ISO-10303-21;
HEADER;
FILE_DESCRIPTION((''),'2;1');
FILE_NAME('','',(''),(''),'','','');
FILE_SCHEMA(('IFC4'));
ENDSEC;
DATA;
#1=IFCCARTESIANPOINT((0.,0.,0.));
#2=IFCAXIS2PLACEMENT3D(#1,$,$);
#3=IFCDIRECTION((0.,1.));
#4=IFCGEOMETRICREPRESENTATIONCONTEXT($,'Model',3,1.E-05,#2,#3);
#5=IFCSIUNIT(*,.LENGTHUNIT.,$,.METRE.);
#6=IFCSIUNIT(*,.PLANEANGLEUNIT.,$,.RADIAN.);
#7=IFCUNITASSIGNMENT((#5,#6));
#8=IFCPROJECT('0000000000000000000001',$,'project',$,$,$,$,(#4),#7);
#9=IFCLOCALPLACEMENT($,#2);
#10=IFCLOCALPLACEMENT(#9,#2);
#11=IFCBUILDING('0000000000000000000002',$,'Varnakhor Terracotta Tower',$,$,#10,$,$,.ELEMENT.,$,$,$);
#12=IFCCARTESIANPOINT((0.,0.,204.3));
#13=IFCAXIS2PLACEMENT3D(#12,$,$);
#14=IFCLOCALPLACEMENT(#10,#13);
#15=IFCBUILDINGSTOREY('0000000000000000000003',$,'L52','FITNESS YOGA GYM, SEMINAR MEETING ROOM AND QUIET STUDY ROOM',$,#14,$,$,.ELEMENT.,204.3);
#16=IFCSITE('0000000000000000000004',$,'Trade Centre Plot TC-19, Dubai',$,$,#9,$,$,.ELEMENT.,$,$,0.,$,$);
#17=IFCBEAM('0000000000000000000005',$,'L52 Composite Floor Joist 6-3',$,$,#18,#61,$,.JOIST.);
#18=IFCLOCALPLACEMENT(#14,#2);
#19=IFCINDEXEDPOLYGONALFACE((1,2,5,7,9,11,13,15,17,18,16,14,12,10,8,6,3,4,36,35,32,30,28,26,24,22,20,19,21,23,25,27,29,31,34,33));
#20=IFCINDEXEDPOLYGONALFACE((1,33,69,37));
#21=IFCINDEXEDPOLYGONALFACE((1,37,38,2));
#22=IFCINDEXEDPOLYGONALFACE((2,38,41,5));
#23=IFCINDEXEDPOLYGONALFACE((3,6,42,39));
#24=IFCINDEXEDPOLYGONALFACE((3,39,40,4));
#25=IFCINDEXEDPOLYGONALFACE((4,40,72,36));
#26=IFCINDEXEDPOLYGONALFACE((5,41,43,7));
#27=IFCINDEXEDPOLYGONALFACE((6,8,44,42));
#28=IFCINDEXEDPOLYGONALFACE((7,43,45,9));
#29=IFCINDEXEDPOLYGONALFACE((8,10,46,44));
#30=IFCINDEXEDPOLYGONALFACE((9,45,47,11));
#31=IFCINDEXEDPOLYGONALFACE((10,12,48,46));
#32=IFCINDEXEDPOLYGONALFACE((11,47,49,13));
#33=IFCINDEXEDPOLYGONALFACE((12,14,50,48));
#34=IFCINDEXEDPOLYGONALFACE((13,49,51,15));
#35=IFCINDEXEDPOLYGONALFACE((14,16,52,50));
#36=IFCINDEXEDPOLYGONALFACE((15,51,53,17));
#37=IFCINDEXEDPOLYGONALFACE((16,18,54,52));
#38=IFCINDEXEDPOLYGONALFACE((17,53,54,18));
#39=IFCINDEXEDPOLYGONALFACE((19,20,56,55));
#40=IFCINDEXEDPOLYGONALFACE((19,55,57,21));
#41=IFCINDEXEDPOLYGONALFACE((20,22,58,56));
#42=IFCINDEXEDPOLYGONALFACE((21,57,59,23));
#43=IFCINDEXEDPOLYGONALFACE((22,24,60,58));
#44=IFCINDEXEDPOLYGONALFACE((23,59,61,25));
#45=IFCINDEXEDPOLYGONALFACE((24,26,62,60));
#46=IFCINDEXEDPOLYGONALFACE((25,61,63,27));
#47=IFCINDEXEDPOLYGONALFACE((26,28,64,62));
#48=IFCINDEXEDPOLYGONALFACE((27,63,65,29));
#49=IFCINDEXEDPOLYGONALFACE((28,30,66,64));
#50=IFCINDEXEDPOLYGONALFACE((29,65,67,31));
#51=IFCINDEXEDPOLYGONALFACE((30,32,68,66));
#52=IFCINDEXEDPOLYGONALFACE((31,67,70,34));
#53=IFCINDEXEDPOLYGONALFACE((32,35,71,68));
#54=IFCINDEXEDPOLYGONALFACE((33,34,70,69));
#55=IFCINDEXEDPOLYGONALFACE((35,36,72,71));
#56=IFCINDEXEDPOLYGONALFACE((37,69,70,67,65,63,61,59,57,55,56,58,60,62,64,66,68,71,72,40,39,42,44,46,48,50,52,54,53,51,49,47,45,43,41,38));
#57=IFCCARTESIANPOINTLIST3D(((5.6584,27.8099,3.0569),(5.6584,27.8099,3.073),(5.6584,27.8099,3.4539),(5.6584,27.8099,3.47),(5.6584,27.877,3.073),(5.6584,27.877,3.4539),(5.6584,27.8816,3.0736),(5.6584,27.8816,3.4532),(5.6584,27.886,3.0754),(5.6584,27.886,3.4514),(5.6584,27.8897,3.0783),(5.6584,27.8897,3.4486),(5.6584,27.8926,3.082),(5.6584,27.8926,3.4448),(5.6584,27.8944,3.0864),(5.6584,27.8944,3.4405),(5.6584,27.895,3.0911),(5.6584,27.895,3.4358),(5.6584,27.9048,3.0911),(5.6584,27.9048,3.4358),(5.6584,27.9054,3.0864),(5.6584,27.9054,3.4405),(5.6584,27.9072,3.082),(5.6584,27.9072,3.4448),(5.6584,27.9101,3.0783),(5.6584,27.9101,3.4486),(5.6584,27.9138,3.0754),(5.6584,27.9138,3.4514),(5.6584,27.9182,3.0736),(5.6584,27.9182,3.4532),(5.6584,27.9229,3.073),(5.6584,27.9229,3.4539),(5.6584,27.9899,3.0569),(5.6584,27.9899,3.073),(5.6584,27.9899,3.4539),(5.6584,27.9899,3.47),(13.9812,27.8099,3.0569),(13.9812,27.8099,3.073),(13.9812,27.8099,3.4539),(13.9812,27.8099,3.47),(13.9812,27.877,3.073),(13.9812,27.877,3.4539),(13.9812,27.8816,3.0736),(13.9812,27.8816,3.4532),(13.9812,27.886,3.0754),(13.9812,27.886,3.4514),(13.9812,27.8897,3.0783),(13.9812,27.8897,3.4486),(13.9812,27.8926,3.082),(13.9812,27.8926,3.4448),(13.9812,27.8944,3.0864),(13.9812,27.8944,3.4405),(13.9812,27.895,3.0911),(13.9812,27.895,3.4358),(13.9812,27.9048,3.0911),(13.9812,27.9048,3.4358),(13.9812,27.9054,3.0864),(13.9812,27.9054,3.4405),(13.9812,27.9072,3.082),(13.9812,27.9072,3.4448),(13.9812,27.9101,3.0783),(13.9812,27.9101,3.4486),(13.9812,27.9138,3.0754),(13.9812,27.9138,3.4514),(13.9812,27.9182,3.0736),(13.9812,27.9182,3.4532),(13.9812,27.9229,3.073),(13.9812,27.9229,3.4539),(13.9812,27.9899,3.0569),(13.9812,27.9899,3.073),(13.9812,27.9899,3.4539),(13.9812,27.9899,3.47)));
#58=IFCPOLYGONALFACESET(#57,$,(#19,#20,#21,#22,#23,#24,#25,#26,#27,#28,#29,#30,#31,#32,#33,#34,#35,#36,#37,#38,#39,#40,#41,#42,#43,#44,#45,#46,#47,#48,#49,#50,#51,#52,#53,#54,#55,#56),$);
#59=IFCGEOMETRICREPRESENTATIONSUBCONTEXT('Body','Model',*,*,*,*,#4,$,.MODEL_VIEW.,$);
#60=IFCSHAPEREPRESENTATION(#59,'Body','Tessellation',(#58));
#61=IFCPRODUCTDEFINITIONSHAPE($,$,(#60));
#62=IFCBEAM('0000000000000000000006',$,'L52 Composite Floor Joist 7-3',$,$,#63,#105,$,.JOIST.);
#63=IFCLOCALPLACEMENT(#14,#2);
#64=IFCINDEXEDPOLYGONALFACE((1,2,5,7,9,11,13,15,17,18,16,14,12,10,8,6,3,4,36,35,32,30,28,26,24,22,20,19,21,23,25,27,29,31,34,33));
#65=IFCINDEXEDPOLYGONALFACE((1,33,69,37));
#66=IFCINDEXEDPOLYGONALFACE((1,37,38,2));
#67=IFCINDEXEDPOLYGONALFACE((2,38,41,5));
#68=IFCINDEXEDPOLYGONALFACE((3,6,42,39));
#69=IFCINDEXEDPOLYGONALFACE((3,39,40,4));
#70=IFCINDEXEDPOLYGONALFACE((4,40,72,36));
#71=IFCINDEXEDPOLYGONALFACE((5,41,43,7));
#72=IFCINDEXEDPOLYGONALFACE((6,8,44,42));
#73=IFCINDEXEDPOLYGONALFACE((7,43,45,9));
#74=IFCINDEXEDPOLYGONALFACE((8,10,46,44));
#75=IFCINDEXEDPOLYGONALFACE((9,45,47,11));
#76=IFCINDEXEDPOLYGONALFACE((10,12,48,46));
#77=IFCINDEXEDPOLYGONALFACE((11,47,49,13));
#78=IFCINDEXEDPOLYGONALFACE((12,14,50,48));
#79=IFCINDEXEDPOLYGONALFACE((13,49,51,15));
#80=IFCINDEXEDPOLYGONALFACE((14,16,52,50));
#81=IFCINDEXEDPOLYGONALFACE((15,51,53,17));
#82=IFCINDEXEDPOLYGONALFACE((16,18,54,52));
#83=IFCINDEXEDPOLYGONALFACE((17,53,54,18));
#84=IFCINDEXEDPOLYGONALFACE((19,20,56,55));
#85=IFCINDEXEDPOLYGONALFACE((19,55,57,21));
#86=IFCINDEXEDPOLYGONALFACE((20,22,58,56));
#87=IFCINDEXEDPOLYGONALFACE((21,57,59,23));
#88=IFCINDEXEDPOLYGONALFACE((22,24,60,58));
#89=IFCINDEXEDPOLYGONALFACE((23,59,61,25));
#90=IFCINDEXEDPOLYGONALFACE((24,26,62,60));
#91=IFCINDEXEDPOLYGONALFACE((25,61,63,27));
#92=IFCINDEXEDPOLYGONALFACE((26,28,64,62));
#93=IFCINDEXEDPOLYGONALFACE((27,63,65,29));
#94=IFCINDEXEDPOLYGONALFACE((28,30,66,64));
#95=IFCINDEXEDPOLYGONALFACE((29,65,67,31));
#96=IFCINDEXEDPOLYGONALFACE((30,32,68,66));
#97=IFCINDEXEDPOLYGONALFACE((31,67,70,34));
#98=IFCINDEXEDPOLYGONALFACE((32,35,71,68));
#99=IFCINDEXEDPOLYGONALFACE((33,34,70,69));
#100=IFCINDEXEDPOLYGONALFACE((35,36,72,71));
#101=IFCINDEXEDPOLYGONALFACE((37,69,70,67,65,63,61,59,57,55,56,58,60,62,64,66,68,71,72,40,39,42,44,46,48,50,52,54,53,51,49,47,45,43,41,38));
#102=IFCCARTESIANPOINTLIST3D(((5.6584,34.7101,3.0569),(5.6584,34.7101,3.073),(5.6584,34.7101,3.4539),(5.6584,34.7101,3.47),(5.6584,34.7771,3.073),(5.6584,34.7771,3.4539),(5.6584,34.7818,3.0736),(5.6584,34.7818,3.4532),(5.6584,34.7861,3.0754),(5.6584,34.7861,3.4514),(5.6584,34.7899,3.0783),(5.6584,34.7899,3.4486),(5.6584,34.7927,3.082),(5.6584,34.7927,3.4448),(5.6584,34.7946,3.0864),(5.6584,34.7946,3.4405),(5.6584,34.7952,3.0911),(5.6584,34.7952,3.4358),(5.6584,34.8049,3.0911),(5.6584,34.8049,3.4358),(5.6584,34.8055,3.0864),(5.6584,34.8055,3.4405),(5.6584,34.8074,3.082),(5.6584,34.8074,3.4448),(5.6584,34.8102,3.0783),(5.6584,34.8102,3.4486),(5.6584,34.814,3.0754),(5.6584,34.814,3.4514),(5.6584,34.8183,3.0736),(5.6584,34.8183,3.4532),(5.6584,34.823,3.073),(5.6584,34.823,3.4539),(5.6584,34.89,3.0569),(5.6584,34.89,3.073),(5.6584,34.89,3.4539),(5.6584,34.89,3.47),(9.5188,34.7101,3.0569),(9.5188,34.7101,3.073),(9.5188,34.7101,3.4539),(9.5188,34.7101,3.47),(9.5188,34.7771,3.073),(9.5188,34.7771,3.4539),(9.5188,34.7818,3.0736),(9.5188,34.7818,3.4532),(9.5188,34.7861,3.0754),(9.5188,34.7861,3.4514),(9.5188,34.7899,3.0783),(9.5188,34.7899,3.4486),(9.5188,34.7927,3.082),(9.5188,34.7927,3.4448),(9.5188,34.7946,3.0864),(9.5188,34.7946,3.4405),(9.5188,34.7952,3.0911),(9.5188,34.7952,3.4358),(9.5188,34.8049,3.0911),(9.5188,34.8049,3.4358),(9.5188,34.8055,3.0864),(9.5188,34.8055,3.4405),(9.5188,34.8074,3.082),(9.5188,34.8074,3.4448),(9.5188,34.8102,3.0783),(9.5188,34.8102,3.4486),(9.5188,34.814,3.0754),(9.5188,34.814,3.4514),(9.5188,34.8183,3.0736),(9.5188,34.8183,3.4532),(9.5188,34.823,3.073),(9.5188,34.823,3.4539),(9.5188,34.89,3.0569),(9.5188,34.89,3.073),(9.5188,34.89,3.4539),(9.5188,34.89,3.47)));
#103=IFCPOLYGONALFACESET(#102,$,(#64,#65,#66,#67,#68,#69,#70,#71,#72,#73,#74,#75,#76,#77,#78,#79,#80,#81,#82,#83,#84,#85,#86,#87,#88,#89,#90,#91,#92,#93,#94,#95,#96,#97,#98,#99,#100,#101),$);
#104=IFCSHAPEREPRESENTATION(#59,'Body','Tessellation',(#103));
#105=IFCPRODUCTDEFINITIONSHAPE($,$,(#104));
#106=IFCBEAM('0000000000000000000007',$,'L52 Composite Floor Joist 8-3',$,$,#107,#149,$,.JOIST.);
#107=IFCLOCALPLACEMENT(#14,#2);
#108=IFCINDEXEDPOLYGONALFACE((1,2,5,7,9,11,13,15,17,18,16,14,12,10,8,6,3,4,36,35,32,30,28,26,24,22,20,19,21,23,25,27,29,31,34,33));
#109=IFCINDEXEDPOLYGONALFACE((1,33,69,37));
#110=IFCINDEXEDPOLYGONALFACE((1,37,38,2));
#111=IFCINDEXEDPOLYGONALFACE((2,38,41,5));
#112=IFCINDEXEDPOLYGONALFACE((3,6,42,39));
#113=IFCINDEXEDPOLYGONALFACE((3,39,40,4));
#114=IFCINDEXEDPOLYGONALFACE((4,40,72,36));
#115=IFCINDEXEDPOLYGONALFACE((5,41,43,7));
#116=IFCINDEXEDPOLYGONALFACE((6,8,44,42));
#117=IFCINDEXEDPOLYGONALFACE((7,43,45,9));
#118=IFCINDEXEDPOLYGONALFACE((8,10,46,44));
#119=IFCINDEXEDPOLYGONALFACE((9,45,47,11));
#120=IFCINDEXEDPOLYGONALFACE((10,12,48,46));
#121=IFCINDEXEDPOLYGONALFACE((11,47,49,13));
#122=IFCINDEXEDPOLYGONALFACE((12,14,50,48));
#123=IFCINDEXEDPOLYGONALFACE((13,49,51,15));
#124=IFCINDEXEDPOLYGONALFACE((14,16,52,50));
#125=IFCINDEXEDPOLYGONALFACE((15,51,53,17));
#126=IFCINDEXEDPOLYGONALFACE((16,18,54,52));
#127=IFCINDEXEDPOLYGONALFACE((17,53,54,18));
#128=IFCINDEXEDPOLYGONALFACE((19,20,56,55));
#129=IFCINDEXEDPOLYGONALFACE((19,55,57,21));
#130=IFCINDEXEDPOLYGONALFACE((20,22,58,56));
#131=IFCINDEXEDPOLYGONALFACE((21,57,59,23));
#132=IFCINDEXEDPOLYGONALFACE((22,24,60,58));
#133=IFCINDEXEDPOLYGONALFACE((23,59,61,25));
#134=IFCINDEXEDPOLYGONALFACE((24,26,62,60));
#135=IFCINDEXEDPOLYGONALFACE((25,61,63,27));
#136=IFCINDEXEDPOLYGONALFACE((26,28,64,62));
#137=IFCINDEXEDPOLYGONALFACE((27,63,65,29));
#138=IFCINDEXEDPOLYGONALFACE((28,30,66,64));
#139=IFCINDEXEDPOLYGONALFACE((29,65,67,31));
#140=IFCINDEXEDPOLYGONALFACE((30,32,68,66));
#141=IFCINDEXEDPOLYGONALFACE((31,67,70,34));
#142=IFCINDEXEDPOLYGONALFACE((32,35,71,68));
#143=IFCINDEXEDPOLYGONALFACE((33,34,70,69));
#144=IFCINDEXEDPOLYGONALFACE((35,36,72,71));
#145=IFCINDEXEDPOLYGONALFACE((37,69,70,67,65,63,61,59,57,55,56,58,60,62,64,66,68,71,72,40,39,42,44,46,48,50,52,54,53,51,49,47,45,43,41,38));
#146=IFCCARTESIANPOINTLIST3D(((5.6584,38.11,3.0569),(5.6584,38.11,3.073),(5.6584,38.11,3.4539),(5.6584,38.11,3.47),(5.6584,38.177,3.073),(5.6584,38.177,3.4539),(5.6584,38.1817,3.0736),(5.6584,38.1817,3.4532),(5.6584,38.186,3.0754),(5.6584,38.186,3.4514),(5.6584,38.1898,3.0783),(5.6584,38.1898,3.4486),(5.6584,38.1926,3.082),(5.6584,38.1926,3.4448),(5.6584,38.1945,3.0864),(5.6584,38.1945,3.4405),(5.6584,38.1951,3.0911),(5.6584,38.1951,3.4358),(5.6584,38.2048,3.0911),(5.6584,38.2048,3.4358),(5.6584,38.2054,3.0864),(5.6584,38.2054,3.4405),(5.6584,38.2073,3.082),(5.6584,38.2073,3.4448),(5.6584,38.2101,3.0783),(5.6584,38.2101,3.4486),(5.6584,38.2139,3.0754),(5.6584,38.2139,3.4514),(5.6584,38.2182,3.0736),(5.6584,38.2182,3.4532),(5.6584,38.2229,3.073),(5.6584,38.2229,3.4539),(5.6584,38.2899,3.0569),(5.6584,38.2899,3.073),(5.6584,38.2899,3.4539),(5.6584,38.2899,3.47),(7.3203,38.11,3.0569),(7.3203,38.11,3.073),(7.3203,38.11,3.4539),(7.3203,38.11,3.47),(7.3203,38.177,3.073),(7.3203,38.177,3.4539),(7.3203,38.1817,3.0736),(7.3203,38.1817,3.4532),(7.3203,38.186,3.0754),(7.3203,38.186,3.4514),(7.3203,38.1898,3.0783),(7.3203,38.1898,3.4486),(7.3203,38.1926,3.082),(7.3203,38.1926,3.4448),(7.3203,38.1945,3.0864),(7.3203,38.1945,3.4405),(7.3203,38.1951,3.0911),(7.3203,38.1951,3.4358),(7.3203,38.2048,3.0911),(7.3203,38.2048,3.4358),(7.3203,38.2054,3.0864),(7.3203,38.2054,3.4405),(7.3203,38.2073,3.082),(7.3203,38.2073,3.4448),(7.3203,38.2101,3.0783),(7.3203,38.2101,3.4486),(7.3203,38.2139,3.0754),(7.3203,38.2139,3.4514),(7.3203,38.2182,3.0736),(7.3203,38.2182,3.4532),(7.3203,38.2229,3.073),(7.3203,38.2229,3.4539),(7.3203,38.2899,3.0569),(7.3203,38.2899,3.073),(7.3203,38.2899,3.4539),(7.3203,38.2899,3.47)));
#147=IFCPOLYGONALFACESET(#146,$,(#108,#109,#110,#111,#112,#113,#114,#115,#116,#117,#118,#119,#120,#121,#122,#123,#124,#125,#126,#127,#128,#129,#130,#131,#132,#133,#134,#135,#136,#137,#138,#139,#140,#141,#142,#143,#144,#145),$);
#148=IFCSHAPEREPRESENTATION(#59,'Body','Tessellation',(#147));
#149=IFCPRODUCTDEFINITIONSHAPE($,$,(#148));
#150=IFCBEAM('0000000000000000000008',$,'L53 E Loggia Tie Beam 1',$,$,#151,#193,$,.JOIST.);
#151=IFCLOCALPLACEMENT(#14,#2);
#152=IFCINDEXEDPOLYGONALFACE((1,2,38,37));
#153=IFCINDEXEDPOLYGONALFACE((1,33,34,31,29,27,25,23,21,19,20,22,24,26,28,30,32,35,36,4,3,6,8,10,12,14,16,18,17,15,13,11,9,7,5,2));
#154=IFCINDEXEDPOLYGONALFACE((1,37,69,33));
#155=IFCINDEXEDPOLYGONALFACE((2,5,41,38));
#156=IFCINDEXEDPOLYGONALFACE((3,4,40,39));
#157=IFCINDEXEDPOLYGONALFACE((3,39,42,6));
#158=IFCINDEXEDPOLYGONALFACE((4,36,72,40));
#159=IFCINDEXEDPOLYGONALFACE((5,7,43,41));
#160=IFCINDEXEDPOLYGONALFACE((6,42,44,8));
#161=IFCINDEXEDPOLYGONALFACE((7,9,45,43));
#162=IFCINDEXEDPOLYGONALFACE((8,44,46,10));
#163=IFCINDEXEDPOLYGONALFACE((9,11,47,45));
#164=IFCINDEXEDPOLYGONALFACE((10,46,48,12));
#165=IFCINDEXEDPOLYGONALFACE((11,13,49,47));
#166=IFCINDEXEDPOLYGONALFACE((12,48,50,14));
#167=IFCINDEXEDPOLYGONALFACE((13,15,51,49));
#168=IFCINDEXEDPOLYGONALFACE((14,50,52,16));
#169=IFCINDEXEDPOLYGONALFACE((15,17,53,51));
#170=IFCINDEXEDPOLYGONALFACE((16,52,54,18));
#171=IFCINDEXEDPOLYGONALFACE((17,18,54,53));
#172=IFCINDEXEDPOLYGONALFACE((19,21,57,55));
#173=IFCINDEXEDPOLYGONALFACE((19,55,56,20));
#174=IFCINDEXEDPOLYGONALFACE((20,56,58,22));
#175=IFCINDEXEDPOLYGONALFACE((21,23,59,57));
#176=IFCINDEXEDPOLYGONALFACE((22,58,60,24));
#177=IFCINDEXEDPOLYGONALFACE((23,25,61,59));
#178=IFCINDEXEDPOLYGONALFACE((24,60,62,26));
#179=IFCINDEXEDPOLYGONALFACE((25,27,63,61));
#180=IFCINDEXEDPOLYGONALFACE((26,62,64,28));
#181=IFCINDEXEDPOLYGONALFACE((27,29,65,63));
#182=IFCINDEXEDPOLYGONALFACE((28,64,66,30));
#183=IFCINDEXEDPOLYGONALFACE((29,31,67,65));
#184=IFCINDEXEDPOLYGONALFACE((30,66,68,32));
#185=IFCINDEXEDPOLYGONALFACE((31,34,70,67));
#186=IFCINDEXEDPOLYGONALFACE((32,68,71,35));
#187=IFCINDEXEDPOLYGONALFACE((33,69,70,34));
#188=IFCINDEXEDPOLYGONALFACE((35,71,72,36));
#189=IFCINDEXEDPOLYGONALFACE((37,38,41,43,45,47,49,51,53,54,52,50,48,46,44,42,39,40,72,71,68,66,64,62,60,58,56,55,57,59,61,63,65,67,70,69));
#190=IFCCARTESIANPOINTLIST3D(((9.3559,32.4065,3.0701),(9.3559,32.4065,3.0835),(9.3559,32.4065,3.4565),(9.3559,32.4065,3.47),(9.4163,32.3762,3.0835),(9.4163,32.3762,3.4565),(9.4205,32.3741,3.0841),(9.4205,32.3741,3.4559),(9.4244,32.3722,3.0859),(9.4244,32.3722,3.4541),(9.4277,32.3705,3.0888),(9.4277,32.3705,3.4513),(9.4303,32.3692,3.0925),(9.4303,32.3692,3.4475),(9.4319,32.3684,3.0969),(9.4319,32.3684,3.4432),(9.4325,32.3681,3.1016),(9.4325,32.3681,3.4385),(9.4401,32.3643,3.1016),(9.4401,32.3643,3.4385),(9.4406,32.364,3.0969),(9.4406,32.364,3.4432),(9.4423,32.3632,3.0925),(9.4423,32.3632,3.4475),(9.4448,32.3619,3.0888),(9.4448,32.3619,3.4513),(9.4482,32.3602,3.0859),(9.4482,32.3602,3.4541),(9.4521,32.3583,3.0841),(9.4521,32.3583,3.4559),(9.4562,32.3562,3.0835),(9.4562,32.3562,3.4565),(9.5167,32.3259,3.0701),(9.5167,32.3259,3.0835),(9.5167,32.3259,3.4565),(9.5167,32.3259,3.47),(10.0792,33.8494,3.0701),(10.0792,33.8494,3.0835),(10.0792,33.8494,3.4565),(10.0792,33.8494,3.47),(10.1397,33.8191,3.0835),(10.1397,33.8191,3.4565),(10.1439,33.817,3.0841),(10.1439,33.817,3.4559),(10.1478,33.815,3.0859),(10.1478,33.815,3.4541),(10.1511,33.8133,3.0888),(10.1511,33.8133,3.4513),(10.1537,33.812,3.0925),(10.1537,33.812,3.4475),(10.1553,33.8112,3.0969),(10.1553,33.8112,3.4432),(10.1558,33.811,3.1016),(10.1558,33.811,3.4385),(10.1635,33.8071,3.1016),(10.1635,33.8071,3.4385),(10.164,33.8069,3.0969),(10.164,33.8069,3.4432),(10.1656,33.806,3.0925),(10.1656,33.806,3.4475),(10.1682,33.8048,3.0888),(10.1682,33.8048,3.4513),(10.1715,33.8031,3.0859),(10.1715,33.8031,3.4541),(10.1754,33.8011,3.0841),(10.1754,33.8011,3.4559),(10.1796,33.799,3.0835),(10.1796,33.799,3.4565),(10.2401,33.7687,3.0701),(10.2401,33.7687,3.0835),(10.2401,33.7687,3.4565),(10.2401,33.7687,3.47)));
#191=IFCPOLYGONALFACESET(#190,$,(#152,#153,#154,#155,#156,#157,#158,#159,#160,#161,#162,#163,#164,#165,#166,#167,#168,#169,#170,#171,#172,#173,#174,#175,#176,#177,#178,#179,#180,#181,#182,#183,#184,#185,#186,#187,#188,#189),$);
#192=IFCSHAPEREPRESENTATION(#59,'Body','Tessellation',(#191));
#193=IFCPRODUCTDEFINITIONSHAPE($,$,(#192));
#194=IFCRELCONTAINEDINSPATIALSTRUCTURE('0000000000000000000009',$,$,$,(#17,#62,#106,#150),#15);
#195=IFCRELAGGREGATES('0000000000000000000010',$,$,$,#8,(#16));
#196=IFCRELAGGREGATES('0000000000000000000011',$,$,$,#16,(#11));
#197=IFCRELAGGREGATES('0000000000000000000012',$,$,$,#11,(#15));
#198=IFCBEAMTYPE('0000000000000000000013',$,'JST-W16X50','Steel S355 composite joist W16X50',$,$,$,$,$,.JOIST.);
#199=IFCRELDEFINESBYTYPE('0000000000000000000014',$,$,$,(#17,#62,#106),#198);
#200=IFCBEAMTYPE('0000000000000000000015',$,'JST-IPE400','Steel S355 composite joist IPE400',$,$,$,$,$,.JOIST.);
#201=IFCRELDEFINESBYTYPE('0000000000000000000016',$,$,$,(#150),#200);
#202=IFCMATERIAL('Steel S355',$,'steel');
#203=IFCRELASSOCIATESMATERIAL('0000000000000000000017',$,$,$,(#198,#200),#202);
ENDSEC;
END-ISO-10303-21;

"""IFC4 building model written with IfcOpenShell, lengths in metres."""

from ifc_helpers import new_model, si_unit, direction, frame, origin, origin_2d, place, context, subcontext, project, spatial, i_section, extrude, source, transform, mapped, material, material_profile, profile_set, type_object, element, save


model = new_model("IFC4")

# Units and contexts
model_context = context("Model", 3, precision=1e-05, world=origin(), true_north=direction((0.0, 1.0)))
body_context = subcontext(model_context, "Body", "Model", "MODEL_VIEW")
ifc_project = project(units=[si_unit("LENGTHUNIT", "METRE"), si_unit("PLANEANGLEUNIT", "RADIAN")], contexts=[model_context])

# Site, building, storey
site_placement = place(None, origin())
site = spatial("IfcSite", under=ifc_project, at=site_placement, Name="Trade Centre Plot TC-19, Dubai", CompositionType="ELEMENT", RefElevation=0.0)
building_placement = place(site_placement, origin())
building = spatial("IfcBuilding", under=site, at=building_placement, Name="Varnakhor Terracotta Tower", CompositionType="ELEMENT")
storey_placement = place(building_placement, frame((0.0, 0.0, 204.3)))
storey = spatial("IfcBuildingStorey", under=building, at=storey_placement, Name="L52", Description="FITNESS YOGA GYM, SEMINAR MEETING ROOM AND QUIET STUDY ROOM", CompositionType="ELEMENT", Elevation=204.3)

# Beams
ifc_material_1 = material(Name="Steel S355", Category="steel")
ifc_material_profile_1 = material_profile(ifc_material_1, i_section(OverallWidth=0.1799, OverallDepth=0.4131, WebThickness=0.0098, FlangeThickness=0.0161, FilletRadius=0.0181, at=origin_2d()), Name="W16X50")
ifc_profile_set_1 = profile_set([ifc_material_profile_1], Name="Steel S355")
beam_type_1 = type_object("IfcBeamType", Name="JST-W16X50", Description="Steel S355 composite joist W16X50", PredefinedType="JOIST", material=ifc_profile_set_1)
shared_shape_1 = source(origin(), body_context, "Body", "SweptSolid", [
    extrude(i_section(OverallWidth=0.1799, OverallDepth=0.4131, WebThickness=0.0098, FlangeThickness=0.0161, FilletRadius=0.0181, at=origin_2d()), origin(), (0.0, 0.0, 1.0), 8.3228),
])
beam_1_placement = place(storey_placement, frame((5.6584, 27.8999, 3.2634), z_axis=(1.0, 0.0, 0.0), x_axis=(0.0, 1.0, 0.0)))
element("IfcBeam", 1, at=beam_1_placement, inside=storey, type_object=beam_type_1, Name="L52 Composite Floor Joist 6-3", PredefinedType="JOIST", context=body_context, shape_type="MappedRepresentation", body=[
    mapped(shared_shape_1, transform((0.0, 0.0, 0.0), scale=1.0)),
])
shared_shape_2 = source(origin(), body_context, "Body", "SweptSolid", [
    extrude(i_section(OverallWidth=0.1799, OverallDepth=0.4131, WebThickness=0.0098, FlangeThickness=0.0161, FilletRadius=0.0181, at=origin_2d()), origin(), (0.0, 0.0, 1.0), 3.8604),
])
beam_2_placement = place(storey_placement, frame((5.6584, 34.8, 3.2634), z_axis=(1.0, 0.0, 0.0), x_axis=(0.0, 1.0, 0.0)))
element("IfcBeam", 2, at=beam_2_placement, inside=storey, type_object=beam_type_1, Name="L52 Composite Floor Joist 7-3", PredefinedType="JOIST", context=body_context, shape_type="MappedRepresentation", body=[
    mapped(shared_shape_2, transform((0.0, 0.0, 0.0), scale=1.0)),
])
shared_shape_3 = source(origin(), body_context, "Body", "SweptSolid", [
    extrude(i_section(OverallWidth=0.1799, OverallDepth=0.4131, WebThickness=0.0098, FlangeThickness=0.0161, FilletRadius=0.0181, at=origin_2d()), origin(), (0.0, 0.0, 1.0), 1.6619),
])
beam_3_placement = place(storey_placement, frame((5.6584, 38.2, 3.2634), z_axis=(1.0, 0.0, 0.0), x_axis=(0.0, 1.0, 0.0)))
element("IfcBeam", 3, at=beam_3_placement, inside=storey, type_object=beam_type_1, Name="L52 Composite Floor Joist 8-3", PredefinedType="JOIST", context=body_context, shape_type="MappedRepresentation", body=[
    mapped(shared_shape_3, transform((0.0, 0.0, 0.0), scale=1.0)),
])
ifc_material_profile_2 = material_profile(ifc_material_1, i_section(OverallWidth=0.1799, OverallDepth=0.3999, WebThickness=0.0085, FlangeThickness=0.0134, FilletRadius=0.0181, at=origin_2d()), Name="IPE400")
ifc_profile_set_2 = profile_set([ifc_material_profile_2], Name="Steel S355")
beam_type_2 = type_object("IfcBeamType", Name="JST-IPE400", Description="Steel S355 composite joist IPE400", PredefinedType="JOIST", material=ifc_profile_set_2)
shared_shape_4 = source(origin(), body_context, "Body", "SweptSolid", [
    extrude(i_section(OverallWidth=0.1799, OverallDepth=0.3999, WebThickness=0.0085, FlangeThickness=0.0134, FilletRadius=0.0181, at=origin_2d()), origin(), (0.0, 0.0, 1.0), 1.614),
])
beam_4_placement = place(storey_placement, frame((9.4363, 32.3662, 3.27), z_axis=(0.448181, 0.893943, 0.0), x_axis=(-0.893943, 0.448181, 0.0)))
element("IfcBeam", 4, at=beam_4_placement, inside=storey, type_object=beam_type_2, Name="L53 E Loggia Tie Beam 1", PredefinedType="JOIST", context=body_context, shape_type="MappedRepresentation", body=[
    mapped(shared_shape_4, transform((0.0, 0.0, 0.0), scale=1.0)),
])

save(model, "model.ifc")
